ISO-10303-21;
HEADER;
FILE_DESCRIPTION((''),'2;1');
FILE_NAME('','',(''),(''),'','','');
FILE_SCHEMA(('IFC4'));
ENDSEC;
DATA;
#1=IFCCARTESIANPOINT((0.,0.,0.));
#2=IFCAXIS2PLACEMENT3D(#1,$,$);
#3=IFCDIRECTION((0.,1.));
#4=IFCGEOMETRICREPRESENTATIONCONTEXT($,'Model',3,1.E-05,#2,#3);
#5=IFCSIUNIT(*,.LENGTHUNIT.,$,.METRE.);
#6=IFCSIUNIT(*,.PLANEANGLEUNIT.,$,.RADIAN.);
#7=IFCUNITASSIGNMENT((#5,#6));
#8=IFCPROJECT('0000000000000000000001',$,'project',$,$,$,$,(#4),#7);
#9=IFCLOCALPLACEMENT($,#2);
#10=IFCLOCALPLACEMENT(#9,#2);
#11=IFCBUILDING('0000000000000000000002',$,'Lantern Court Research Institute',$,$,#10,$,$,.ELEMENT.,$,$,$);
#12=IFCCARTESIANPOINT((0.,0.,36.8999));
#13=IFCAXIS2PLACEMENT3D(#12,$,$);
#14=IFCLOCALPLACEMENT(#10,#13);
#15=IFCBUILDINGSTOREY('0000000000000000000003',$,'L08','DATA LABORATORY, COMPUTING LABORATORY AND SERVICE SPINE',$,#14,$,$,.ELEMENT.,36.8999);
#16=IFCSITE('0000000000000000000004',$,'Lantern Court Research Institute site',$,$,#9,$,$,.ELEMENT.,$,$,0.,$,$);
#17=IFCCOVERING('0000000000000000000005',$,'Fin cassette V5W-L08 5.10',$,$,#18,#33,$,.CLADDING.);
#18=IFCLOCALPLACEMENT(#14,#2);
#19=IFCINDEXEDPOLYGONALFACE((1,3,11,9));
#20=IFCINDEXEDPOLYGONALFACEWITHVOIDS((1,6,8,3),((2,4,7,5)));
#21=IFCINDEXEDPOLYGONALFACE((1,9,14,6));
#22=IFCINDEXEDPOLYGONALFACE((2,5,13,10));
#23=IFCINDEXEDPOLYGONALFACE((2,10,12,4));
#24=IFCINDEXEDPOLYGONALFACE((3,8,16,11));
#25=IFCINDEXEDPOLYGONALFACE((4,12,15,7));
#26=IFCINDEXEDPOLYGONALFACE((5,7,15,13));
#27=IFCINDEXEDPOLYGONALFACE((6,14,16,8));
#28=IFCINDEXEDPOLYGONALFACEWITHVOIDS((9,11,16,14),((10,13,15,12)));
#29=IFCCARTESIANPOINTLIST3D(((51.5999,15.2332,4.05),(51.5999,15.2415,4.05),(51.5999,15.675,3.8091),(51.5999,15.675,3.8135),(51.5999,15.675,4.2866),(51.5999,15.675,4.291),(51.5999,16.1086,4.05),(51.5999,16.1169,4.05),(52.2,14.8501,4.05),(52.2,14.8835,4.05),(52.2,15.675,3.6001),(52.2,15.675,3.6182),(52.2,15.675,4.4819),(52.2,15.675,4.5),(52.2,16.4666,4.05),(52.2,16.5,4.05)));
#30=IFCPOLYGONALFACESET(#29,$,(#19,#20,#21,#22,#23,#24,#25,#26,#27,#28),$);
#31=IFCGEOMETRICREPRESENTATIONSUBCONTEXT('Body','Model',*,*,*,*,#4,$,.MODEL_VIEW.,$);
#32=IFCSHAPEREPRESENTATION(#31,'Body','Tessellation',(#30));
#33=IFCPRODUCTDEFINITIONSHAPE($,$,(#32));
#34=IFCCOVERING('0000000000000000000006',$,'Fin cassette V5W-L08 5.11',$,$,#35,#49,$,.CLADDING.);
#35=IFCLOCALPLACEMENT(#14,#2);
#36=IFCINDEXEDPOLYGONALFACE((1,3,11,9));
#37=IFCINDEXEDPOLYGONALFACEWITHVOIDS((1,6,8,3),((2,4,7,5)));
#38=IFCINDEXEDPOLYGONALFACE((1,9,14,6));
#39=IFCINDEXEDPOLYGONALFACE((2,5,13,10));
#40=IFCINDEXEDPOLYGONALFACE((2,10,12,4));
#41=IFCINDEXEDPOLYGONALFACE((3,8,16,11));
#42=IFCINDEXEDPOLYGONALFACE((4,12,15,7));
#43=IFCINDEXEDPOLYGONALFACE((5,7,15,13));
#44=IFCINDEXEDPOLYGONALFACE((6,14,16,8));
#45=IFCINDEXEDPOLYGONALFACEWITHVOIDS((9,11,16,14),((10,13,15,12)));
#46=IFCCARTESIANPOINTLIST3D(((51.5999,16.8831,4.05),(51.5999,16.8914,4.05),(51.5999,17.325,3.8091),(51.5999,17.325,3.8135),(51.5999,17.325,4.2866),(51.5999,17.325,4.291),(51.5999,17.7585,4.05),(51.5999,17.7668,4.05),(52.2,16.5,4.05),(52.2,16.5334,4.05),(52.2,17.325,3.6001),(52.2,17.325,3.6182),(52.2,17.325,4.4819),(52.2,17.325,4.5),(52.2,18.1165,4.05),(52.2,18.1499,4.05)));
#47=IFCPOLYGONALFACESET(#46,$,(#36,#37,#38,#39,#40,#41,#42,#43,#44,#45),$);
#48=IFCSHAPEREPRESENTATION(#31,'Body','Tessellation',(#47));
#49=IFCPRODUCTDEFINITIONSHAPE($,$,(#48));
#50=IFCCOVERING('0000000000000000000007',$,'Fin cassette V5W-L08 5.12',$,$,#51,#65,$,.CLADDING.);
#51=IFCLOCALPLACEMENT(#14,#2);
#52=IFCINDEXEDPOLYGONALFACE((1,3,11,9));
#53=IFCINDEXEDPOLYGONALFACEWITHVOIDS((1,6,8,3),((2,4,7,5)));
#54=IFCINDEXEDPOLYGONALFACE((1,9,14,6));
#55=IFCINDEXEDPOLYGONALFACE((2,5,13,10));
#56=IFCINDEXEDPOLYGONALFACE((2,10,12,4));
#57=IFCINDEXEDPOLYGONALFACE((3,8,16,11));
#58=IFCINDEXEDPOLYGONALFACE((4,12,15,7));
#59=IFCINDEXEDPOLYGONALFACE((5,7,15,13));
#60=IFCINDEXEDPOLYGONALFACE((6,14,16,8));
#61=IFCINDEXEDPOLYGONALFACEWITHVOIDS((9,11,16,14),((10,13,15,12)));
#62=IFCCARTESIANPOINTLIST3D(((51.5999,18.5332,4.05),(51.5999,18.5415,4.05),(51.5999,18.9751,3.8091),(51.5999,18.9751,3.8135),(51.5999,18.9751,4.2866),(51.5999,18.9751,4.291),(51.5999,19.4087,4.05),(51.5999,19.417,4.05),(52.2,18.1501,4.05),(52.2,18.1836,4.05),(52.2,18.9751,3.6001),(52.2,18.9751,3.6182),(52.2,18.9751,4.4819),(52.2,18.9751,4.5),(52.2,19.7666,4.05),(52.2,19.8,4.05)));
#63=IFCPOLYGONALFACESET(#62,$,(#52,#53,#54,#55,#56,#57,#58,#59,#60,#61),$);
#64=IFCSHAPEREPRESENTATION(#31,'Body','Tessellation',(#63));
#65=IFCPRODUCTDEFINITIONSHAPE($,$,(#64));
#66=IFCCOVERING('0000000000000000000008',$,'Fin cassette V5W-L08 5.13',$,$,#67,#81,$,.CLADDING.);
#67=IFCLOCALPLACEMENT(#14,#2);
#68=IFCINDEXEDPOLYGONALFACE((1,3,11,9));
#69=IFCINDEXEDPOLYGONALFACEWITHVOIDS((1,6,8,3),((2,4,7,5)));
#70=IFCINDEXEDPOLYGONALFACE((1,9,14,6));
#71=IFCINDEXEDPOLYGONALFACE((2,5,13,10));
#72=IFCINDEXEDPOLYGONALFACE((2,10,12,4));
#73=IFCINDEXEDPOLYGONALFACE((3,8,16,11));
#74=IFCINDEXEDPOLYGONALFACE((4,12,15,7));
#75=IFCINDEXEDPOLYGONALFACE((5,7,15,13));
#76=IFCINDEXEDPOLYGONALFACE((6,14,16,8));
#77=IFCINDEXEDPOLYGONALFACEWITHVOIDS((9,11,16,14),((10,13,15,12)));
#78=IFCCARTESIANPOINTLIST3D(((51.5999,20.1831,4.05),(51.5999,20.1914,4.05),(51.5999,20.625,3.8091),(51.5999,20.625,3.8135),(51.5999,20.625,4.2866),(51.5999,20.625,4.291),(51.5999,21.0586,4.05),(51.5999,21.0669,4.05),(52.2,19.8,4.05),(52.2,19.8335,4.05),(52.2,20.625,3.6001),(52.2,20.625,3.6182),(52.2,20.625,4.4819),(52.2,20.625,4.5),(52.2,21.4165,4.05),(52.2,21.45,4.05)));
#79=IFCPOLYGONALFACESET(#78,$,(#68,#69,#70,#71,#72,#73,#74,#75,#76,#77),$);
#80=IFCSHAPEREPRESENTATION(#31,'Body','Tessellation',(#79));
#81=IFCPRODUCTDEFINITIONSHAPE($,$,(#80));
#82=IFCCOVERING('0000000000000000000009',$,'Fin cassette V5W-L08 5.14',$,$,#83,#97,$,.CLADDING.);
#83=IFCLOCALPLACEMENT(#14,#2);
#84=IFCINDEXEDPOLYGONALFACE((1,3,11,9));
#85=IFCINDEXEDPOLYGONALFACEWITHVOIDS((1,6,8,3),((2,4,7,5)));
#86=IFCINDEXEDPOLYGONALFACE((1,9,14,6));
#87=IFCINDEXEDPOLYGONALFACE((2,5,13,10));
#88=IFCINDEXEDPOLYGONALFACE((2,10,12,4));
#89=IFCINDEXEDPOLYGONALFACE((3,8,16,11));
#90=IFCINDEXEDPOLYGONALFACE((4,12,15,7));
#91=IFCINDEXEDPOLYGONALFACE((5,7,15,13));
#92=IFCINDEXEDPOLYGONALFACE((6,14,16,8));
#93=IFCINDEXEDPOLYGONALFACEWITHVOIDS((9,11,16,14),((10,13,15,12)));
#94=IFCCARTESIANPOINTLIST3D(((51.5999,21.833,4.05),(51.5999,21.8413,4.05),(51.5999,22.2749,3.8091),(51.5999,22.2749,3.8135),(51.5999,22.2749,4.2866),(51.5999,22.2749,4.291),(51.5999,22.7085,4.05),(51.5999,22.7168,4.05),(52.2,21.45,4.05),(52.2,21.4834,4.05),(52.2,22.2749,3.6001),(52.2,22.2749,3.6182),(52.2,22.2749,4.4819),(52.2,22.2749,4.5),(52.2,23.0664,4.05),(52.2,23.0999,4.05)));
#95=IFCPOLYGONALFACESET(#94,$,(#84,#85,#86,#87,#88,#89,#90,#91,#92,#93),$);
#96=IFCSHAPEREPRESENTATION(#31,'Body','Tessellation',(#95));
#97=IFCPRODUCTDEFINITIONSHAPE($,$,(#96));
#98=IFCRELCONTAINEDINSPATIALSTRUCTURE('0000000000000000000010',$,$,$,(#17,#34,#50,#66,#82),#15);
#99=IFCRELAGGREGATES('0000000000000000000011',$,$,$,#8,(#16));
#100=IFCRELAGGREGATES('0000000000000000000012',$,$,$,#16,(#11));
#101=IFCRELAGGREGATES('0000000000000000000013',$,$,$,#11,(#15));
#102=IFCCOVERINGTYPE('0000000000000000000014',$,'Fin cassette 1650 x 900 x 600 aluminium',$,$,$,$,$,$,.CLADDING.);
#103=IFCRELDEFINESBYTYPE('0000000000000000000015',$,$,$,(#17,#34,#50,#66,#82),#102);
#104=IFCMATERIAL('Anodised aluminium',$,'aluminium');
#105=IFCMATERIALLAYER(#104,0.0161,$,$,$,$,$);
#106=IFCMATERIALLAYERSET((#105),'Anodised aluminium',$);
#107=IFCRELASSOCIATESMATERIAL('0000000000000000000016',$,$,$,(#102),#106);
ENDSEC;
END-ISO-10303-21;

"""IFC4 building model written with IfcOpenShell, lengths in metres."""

from ifc_helpers import new_model, entity, si_unit, direction, frame, origin, place, context, subcontext, project, spatial, material, layer, layer_set, type_object, element, save


model = new_model("IFC4")

# Units and contexts
model_context = context("Model", 3, precision=1e-05, world=origin(), true_north=direction((0.0, 1.0)))
body_context = subcontext(model_context, "Body", "Model", "MODEL_VIEW")
ifc_project = project(units=[si_unit("LENGTHUNIT", "METRE"), si_unit("PLANEANGLEUNIT", "RADIAN")], contexts=[model_context])

# Site, building, storey
site_placement = place(None, origin())
site = spatial("IfcSite", under=ifc_project, at=site_placement, Name="Lantern Court Research Institute site", CompositionType="ELEMENT", RefElevation=0.0)
building_placement = place(site_placement, origin())
building = spatial("IfcBuilding", under=site, at=building_placement, Name="Lantern Court Research Institute", CompositionType="ELEMENT")
storey_placement = place(building_placement, frame((0.0, 0.0, 36.8999)))
storey = spatial("IfcBuildingStorey", under=building, at=storey_placement, Name="L08", Description="DATA LABORATORY, COMPUTING LABORATORY AND SERVICE SPINE", CompositionType="ELEMENT", Elevation=36.8999)

# Coverings
ifc_material_1 = material(Name="Anodised aluminium", Category="aluminium")
ifc_layer = layer(ifc_material_1, 0.0161)
ifc_layer_set = layer_set([ifc_layer], Name="Anodised aluminium")
covering_type = type_object("IfcCoveringType", Name="Fin cassette 1650 x 900 x 600 aluminium", PredefinedType="CLADDING", material=ifc_layer_set)
covering_1_placement = place(storey_placement, frame((52.2, 15.675, 4.05), z_axis=(-1.0, 0.0, 0.0), x_axis=(0.0, -1.0, 0.0)))
cartesian_point_1 = entity("IfcCartesianPoint", [0.825, 0.0])
cartesian_point_2 = entity("IfcCartesianPoint", [0.7915, 0.0])
cartesian_point_3 = entity("IfcCartesianPoint", [0.4419, 0.0])
cartesian_point_4 = entity("IfcCartesianPoint", [0.4336, 0.0])
element("IfcCovering", 1, at=covering_1_placement, inside=storey, type_object=covering_type, Name="Fin cassette V5W-L08 5.10", PredefinedType="CLADDING", context=body_context, shape_type="SweptSolid", body=[
    entity("IfcExtrudedAreaSolidTapered", entity("IfcArbitraryProfileDefWithVoids", "AREA", None, entity("IfcPolyline", [cartesian_point_1, entity("IfcCartesianPoint", [0.0, 0.45]), entity("IfcCartesianPoint", [-0.825, 0.0]), entity("IfcCartesianPoint", [0.0, -0.45]), cartesian_point_1]), [entity("IfcPolyline", [cartesian_point_2, entity("IfcCartesianPoint", [0.0, 0.4319]), entity("IfcCartesianPoint", [-0.7915, 0.0]), entity("IfcCartesianPoint", [0.0, -0.4319]), cartesian_point_2])]), entity("IfcAxis2Placement3D", entity("IfcCartesianPoint", [0.0, 0.0, 0.0])), entity("IfcDirection", [0.0, 0.0, 1.0]), 0.6001, entity("IfcArbitraryProfileDefWithVoids", "AREA", None, entity("IfcPolyline", [cartesian_point_3, entity("IfcCartesianPoint", [0.0, 0.241]), entity("IfcCartesianPoint", [-0.4419, 0.0]), entity("IfcCartesianPoint", [0.0, -0.241]), cartesian_point_3]), [entity("IfcPolyline", [cartesian_point_4, entity("IfcCartesianPoint", [0.0, 0.2366]), entity("IfcCartesianPoint", [-0.4336, 0.0]), entity("IfcCartesianPoint", [0.0, -0.2366]), cartesian_point_4])])),
])
covering_2_placement = place(storey_placement, frame((52.2, 17.325, 4.05), z_axis=(-1.0, 0.0, 0.0), x_axis=(0.0, -1.0, 0.0)))
cartesian_point_5 = entity("IfcCartesianPoint", [0.825, 0.0])
cartesian_point_6 = entity("IfcCartesianPoint", [0.7915, 0.0])
cartesian_point_7 = entity("IfcCartesianPoint", [0.4419, 0.0])
cartesian_point_8 = entity("IfcCartesianPoint", [0.4336, 0.0])
element("IfcCovering", 2, at=covering_2_placement, inside=storey, type_object=covering_type, Name="Fin cassette V5W-L08 5.11", PredefinedType="CLADDING", context=body_context, shape_type="SweptSolid", body=[
    entity("IfcExtrudedAreaSolidTapered", entity("IfcArbitraryProfileDefWithVoids", "AREA", None, entity("IfcPolyline", [cartesian_point_5, entity("IfcCartesianPoint", [0.0, 0.45]), entity("IfcCartesianPoint", [-0.825, 0.0]), entity("IfcCartesianPoint", [0.0, -0.45]), cartesian_point_5]), [entity("IfcPolyline", [cartesian_point_6, entity("IfcCartesianPoint", [0.0, 0.4319]), entity("IfcCartesianPoint", [-0.7915, 0.0]), entity("IfcCartesianPoint", [0.0, -0.4319]), cartesian_point_6])]), entity("IfcAxis2Placement3D", entity("IfcCartesianPoint", [0.0, 0.0, 0.0])), entity("IfcDirection", [0.0, 0.0, 1.0]), 0.6001, entity("IfcArbitraryProfileDefWithVoids", "AREA", None, entity("IfcPolyline", [cartesian_point_7, entity("IfcCartesianPoint", [0.0, 0.241]), entity("IfcCartesianPoint", [-0.4419, 0.0]), entity("IfcCartesianPoint", [0.0, -0.241]), cartesian_point_7]), [entity("IfcPolyline", [cartesian_point_8, entity("IfcCartesianPoint", [0.0, 0.2366]), entity("IfcCartesianPoint", [-0.4336, 0.0]), entity("IfcCartesianPoint", [0.0, -0.2366]), cartesian_point_8])])),
])
covering_3_placement = place(storey_placement, frame((52.2, 18.9751, 4.05), z_axis=(-1.0, 0.0, 0.0), x_axis=(0.0, -1.0, 0.0)))
cartesian_point_9 = entity("IfcCartesianPoint", [0.825, 0.0])
cartesian_point_10 = entity("IfcCartesianPoint", [0.7915, 0.0])
cartesian_point_11 = entity("IfcCartesianPoint", [0.4419, 0.0])
cartesian_point_12 = entity("IfcCartesianPoint", [0.4336, 0.0])
element("IfcCovering", 3, at=covering_3_placement, inside=storey, type_object=covering_type, Name="Fin cassette V5W-L08 5.12", PredefinedType="CLADDING", context=body_context, shape_type="SweptSolid", body=[
    entity("IfcExtrudedAreaSolidTapered", entity("IfcArbitraryProfileDefWithVoids", "AREA", None, entity("IfcPolyline", [cartesian_point_9, entity("IfcCartesianPoint", [0.0, 0.45]), entity("IfcCartesianPoint", [-0.825, 0.0]), entity("IfcCartesianPoint", [0.0, -0.45]), cartesian_point_9]), [entity("IfcPolyline", [cartesian_point_10, entity("IfcCartesianPoint", [0.0, 0.4319]), entity("IfcCartesianPoint", [-0.7915, 0.0]), entity("IfcCartesianPoint", [0.0, -0.4319]), cartesian_point_10])]), entity("IfcAxis2Placement3D", entity("IfcCartesianPoint", [0.0, 0.0, 0.0])), entity("IfcDirection", [0.0, 0.0, 1.0]), 0.6001, entity("IfcArbitraryProfileDefWithVoids", "AREA", None, entity("IfcPolyline", [cartesian_point_11, entity("IfcCartesianPoint", [0.0, 0.241]), entity("IfcCartesianPoint", [-0.4419, 0.0]), entity("IfcCartesianPoint", [0.0, -0.241]), cartesian_point_11]), [entity("IfcPolyline", [cartesian_point_12, entity("IfcCartesianPoint", [0.0, 0.2366]), entity("IfcCartesianPoint", [-0.4336, 0.0]), entity("IfcCartesianPoint", [0.0, -0.2366]), cartesian_point_12])])),
])
covering_4_placement = place(storey_placement, frame((52.2, 20.625, 4.05), z_axis=(-1.0, 0.0, 0.0), x_axis=(0.0, -1.0, 0.0)))
cartesian_point_13 = entity("IfcCartesianPoint", [0.825, 0.0])
cartesian_point_14 = entity("IfcCartesianPoint", [0.7915, 0.0])
cartesian_point_15 = entity("IfcCartesianPoint", [0.4419, 0.0])
cartesian_point_16 = entity("IfcCartesianPoint", [0.4336, 0.0])
element("IfcCovering", 4, at=covering_4_placement, inside=storey, type_object=covering_type, Name="Fin cassette V5W-L08 5.13", PredefinedType="CLADDING", context=body_context, shape_type="SweptSolid", body=[
    entity("IfcExtrudedAreaSolidTapered", entity("IfcArbitraryProfileDefWithVoids", "AREA", None, entity("IfcPolyline", [cartesian_point_13, entity("IfcCartesianPoint", [0.0, 0.45]), entity("IfcCartesianPoint", [-0.825, 0.0]), entity("IfcCartesianPoint", [0.0, -0.45]), cartesian_point_13]), [entity("IfcPolyline", [cartesian_point_14, entity("IfcCartesianPoint", [0.0, 0.4319]), entity("IfcCartesianPoint", [-0.7915, 0.0]), entity("IfcCartesianPoint", [0.0, -0.4319]), cartesian_point_14])]), entity("IfcAxis2Placement3D", entity("IfcCartesianPoint", [0.0, 0.0, 0.0])), entity("IfcDirection", [0.0, 0.0, 1.0]), 0.6001, entity("IfcArbitraryProfileDefWithVoids", "AREA", None, entity("IfcPolyline", [cartesian_point_15, entity("IfcCartesianPoint", [0.0, 0.241]), entity("IfcCartesianPoint", [-0.4419, 0.0]), entity("IfcCartesianPoint", [0.0, -0.241]), cartesian_point_15]), [entity("IfcPolyline", [cartesian_point_16, entity("IfcCartesianPoint", [0.0, 0.2366]), entity("IfcCartesianPoint", [-0.4336, 0.0]), entity("IfcCartesianPoint", [0.0, -0.2366]), cartesian_point_16])])),
])
covering_5_placement = place(storey_placement, frame((52.2, 22.2749, 4.05), z_axis=(-1.0, 0.0, 0.0), x_axis=(0.0, -1.0, 0.0)))
cartesian_point_17 = entity("IfcCartesianPoint", [0.825, 0.0])
cartesian_point_18 = entity("IfcCartesianPoint", [0.7915, 0.0])
cartesian_point_19 = entity("IfcCartesianPoint", [0.4419, 0.0])
cartesian_point_20 = entity("IfcCartesianPoint", [0.4336, 0.0])
element("IfcCovering", 5, at=covering_5_placement, inside=storey, type_object=covering_type, Name="Fin cassette V5W-L08 5.14", PredefinedType="CLADDING", context=body_context, shape_type="SweptSolid", body=[
    entity("IfcExtrudedAreaSolidTapered", entity("IfcArbitraryProfileDefWithVoids", "AREA", None, entity("IfcPolyline", [cartesian_point_17, entity("IfcCartesianPoint", [0.0, 0.45]), entity("IfcCartesianPoint", [-0.825, 0.0]), entity("IfcCartesianPoint", [0.0, -0.45]), cartesian_point_17]), [entity("IfcPolyline", [cartesian_point_18, entity("IfcCartesianPoint", [0.0, 0.4319]), entity("IfcCartesianPoint", [-0.7915, 0.0]), entity("IfcCartesianPoint", [0.0, -0.4319]), cartesian_point_18])]), entity("IfcAxis2Placement3D", entity("IfcCartesianPoint", [0.0, 0.0, 0.0])), entity("IfcDirection", [0.0, 0.0, 1.0]), 0.6001, entity("IfcArbitraryProfileDefWithVoids", "AREA", None, entity("IfcPolyline", [cartesian_point_19, entity("IfcCartesianPoint", [0.0, 0.241]), entity("IfcCartesianPoint", [-0.4419, 0.0]), entity("IfcCartesianPoint", [0.0, -0.241]), cartesian_point_19]), [entity("IfcPolyline", [cartesian_point_20, entity("IfcCartesianPoint", [0.0, 0.2366]), entity("IfcCartesianPoint", [-0.4336, 0.0]), entity("IfcCartesianPoint", [0.0, -0.2366]), cartesian_point_20])])),
])

save(model, "model.ifc")
